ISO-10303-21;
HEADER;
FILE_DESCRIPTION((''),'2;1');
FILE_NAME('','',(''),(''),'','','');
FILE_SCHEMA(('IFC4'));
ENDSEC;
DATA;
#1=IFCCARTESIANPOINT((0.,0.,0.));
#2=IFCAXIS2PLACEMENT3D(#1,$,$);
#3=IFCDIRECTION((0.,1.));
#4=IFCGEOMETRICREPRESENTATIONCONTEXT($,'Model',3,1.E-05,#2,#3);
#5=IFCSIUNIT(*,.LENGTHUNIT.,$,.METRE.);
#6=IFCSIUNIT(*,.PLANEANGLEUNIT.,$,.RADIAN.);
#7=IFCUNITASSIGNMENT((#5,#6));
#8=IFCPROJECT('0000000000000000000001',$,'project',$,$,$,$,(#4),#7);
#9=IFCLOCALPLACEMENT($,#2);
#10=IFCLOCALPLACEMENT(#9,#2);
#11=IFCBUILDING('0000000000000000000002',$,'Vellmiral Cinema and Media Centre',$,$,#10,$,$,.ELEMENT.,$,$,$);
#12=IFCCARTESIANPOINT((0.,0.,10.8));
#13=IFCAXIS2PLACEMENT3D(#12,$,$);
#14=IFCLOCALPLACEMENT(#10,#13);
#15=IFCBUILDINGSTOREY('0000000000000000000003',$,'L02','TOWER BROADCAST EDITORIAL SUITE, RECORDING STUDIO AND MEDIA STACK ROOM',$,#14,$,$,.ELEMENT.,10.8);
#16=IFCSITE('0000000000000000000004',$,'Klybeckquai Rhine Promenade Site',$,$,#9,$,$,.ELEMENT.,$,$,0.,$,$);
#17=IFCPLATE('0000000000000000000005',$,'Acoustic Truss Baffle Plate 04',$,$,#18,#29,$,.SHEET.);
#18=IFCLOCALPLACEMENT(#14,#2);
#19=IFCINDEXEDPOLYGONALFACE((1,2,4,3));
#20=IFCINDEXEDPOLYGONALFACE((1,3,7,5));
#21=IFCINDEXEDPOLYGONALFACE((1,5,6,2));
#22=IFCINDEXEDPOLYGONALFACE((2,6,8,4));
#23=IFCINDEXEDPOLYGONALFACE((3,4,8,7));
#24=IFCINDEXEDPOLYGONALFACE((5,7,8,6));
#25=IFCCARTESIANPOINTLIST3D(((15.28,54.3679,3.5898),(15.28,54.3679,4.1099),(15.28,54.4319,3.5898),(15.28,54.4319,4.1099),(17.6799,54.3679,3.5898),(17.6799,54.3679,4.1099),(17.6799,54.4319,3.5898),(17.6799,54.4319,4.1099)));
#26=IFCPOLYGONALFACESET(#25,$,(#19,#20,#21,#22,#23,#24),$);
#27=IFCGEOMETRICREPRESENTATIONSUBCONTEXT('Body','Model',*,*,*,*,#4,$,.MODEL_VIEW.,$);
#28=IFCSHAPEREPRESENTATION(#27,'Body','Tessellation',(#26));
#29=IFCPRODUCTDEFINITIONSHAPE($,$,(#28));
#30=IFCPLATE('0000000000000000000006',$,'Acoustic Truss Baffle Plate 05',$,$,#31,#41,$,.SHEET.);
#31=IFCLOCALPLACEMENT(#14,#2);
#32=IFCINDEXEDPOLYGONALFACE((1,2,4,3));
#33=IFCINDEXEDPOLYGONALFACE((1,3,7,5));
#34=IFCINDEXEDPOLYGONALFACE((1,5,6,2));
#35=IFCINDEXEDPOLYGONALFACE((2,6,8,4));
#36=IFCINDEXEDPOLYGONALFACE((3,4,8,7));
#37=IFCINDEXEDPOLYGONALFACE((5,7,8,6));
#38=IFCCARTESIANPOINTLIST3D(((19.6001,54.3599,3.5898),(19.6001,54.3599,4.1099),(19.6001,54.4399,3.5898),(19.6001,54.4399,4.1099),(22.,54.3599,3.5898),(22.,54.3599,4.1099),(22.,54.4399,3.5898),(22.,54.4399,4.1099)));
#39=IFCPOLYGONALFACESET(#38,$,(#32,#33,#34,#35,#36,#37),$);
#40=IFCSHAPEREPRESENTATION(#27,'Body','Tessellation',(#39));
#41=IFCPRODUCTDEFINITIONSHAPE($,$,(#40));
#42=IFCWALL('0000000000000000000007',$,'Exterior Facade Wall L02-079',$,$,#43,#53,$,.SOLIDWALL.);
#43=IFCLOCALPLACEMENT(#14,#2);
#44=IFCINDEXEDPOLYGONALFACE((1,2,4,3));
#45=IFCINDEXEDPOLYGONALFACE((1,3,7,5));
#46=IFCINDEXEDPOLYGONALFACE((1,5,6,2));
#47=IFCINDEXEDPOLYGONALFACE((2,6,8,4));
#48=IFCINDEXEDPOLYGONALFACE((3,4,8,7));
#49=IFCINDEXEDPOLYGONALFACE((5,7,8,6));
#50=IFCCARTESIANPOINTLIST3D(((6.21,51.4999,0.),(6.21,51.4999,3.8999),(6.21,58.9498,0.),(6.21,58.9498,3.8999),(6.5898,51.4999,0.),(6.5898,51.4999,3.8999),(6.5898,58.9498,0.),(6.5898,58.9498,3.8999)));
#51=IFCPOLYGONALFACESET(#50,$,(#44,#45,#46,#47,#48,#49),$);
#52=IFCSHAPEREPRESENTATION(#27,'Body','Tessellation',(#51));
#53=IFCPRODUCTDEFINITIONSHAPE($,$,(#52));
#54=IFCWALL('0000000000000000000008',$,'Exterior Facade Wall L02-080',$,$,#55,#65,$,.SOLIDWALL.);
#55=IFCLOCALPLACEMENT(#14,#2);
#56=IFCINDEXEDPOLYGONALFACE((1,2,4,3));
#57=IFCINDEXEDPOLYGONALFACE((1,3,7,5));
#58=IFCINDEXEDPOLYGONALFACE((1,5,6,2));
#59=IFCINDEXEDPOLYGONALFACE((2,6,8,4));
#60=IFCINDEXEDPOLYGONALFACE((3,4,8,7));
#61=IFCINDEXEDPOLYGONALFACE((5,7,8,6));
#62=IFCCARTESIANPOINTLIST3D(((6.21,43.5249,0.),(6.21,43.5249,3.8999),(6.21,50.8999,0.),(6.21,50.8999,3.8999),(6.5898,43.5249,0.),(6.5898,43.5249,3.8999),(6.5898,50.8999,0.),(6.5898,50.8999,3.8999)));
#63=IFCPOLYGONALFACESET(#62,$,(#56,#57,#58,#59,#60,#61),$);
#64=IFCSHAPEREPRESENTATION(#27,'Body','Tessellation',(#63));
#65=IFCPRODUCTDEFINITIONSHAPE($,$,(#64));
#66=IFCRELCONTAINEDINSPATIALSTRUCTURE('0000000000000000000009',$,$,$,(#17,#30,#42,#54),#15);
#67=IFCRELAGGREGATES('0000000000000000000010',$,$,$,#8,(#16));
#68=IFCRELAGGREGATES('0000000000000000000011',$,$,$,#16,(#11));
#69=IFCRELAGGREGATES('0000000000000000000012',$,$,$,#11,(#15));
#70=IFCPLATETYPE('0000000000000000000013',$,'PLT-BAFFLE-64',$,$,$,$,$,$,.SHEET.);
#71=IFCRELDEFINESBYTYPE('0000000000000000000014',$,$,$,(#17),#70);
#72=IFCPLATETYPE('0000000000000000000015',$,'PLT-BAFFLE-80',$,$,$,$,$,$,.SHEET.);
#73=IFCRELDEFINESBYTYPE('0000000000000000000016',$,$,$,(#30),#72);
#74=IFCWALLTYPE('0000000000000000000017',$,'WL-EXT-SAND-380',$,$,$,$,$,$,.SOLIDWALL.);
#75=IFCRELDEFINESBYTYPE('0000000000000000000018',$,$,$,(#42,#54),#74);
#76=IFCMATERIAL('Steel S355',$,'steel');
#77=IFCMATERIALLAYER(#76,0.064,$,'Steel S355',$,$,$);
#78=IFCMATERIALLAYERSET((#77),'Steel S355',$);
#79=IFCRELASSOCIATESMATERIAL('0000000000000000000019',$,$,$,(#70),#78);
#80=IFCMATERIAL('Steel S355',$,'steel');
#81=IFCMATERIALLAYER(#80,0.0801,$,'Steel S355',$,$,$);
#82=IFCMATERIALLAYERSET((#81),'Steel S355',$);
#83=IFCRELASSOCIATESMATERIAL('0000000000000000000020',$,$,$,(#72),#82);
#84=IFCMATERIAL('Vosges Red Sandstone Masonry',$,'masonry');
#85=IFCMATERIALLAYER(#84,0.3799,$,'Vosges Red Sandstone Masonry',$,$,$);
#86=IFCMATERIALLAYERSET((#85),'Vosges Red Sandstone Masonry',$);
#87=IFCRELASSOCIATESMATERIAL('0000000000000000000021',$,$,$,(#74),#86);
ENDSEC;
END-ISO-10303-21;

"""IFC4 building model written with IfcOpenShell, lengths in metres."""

from ifc_helpers import new_model, si_unit, direction, frame, frame_2d, origin, origin_2d, place, context, subcontext, project, spatial, rectangle, extrude, material, layer, layer_set, type_object, element, save


model = new_model("IFC4")

# Units and contexts
model_context = context("Model", 3, precision=1e-05, world=origin(), true_north=direction((0.0, 1.0)))
body_context = subcontext(model_context, "Body", "Model", "MODEL_VIEW")
ifc_project = project(units=[si_unit("LENGTHUNIT", "METRE"), si_unit("PLANEANGLEUNIT", "RADIAN")], contexts=[model_context])

# Site, building, storey
site_placement = place(None, origin())
site = spatial("IfcSite", under=ifc_project, at=site_placement, Name="Klybeckquai Rhine Promenade Site", CompositionType="ELEMENT", RefElevation=0.0)
building_placement = place(site_placement, origin())
building = spatial("IfcBuilding", under=site, at=building_placement, Name="Vellmiral Cinema and Media Centre", CompositionType="ELEMENT")
storey_placement = place(building_placement, frame((0.0, 0.0, 10.8)))
storey = spatial("IfcBuildingStorey", under=building, at=storey_placement, Name="L02", Description="TOWER BROADCAST EDITORIAL SUITE, RECORDING STUDIO AND MEDIA STACK ROOM", CompositionType="ELEMENT", Elevation=10.8)

# Plates
ifc_material_1 = material(Name="Steel S355", Category="steel")
ifc_layer_1 = layer(ifc_material_1, 0.064, Name="Steel S355")
ifc_layer_set_1 = layer_set([ifc_layer_1], Name="Steel S355")
plate_type_1 = type_object("IfcPlateType", Name="PLT-BAFFLE-64", PredefinedType="SHEET", material=ifc_layer_set_1)
plate_1_placement = place(storey_placement, frame((16.48, 54.3999, 3.5898), z_axis=(0.0, 0.0, 1.0), x_axis=(1.0, 0.0, 0.0)))
element("IfcPlate", 1, at=plate_1_placement, inside=storey, type_object=plate_type_1, Name="Acoustic Truss Baffle Plate 04", PredefinedType="SHEET", context=body_context, shape_type="SweptSolid", body=[
    extrude(rectangle(XDim=2.3999, YDim=0.064, at=origin_2d()), origin(), (0.0, 0.0, 1.0), 0.52),
])
ifc_material_2 = material(Name="Steel S355", Category="steel")
ifc_layer_2 = layer(ifc_material_2, 0.0801, Name="Steel S355")
ifc_layer_set_2 = layer_set([ifc_layer_2], Name="Steel S355")
plate_type_2 = type_object("IfcPlateType", Name="PLT-BAFFLE-80", PredefinedType="SHEET", material=ifc_layer_set_2)
plate_2_placement = place(storey_placement, frame((20.8, 54.3999, 3.5898), z_axis=(0.0, 0.0, 1.0), x_axis=(1.0, 0.0, 0.0)))
element("IfcPlate", 2, at=plate_2_placement, inside=storey, type_object=plate_type_2, Name="Acoustic Truss Baffle Plate 05", PredefinedType="SHEET", context=body_context, shape_type="SweptSolid", body=[
    extrude(rectangle(XDim=2.3999, YDim=0.0801, at=origin_2d()), origin(), (0.0, 0.0, 1.0), 0.52),
])

# Walls
ifc_material_3 = material(Name="Vosges Red Sandstone Masonry", Category="masonry")
ifc_layer_3 = layer(ifc_material_3, 0.3799, Name="Vosges Red Sandstone Masonry")
ifc_layer_set_3 = layer_set([ifc_layer_3], Name="Vosges Red Sandstone Masonry")
wall_type = type_object("IfcWallType", Name="WL-EXT-SAND-380", PredefinedType="SOLIDWALL", material=ifc_layer_set_3)
wall_1_placement = place(storey_placement, frame((6.3999, 58.95, 0.0), z_axis=(0.0, 0.0, 1.0), x_axis=(0.0, -1.0, 0.0)))
element("IfcWall", 3, at=wall_1_placement, inside=storey, type_object=wall_type, Name="Exterior Facade Wall L02-079", PredefinedType="SOLIDWALL", context=body_context, shape_type="SweptSolid", body=[
    extrude(rectangle(XDim=7.45, YDim=0.3799, at=frame_2d((3.7251, 0.0))), origin(), (0.0, 0.0, 1.0), 3.8999),
])
wall_2_placement = place(storey_placement, frame((6.3999, 50.8999, 0.0), z_axis=(0.0, 0.0, 1.0), x_axis=(0.0, -1.0, 0.0)))
element("IfcWall", 4, at=wall_2_placement, inside=storey, type_object=wall_type, Name="Exterior Facade Wall L02-080", PredefinedType="SOLIDWALL", context=body_context, shape_type="SweptSolid", body=[
    extrude(rectangle(XDim=7.375, YDim=0.3799, at=frame_2d((3.6875, 0.0))), origin(), (0.0, 0.0, 1.0), 3.8999),
])

save(model, "model.ifc")
